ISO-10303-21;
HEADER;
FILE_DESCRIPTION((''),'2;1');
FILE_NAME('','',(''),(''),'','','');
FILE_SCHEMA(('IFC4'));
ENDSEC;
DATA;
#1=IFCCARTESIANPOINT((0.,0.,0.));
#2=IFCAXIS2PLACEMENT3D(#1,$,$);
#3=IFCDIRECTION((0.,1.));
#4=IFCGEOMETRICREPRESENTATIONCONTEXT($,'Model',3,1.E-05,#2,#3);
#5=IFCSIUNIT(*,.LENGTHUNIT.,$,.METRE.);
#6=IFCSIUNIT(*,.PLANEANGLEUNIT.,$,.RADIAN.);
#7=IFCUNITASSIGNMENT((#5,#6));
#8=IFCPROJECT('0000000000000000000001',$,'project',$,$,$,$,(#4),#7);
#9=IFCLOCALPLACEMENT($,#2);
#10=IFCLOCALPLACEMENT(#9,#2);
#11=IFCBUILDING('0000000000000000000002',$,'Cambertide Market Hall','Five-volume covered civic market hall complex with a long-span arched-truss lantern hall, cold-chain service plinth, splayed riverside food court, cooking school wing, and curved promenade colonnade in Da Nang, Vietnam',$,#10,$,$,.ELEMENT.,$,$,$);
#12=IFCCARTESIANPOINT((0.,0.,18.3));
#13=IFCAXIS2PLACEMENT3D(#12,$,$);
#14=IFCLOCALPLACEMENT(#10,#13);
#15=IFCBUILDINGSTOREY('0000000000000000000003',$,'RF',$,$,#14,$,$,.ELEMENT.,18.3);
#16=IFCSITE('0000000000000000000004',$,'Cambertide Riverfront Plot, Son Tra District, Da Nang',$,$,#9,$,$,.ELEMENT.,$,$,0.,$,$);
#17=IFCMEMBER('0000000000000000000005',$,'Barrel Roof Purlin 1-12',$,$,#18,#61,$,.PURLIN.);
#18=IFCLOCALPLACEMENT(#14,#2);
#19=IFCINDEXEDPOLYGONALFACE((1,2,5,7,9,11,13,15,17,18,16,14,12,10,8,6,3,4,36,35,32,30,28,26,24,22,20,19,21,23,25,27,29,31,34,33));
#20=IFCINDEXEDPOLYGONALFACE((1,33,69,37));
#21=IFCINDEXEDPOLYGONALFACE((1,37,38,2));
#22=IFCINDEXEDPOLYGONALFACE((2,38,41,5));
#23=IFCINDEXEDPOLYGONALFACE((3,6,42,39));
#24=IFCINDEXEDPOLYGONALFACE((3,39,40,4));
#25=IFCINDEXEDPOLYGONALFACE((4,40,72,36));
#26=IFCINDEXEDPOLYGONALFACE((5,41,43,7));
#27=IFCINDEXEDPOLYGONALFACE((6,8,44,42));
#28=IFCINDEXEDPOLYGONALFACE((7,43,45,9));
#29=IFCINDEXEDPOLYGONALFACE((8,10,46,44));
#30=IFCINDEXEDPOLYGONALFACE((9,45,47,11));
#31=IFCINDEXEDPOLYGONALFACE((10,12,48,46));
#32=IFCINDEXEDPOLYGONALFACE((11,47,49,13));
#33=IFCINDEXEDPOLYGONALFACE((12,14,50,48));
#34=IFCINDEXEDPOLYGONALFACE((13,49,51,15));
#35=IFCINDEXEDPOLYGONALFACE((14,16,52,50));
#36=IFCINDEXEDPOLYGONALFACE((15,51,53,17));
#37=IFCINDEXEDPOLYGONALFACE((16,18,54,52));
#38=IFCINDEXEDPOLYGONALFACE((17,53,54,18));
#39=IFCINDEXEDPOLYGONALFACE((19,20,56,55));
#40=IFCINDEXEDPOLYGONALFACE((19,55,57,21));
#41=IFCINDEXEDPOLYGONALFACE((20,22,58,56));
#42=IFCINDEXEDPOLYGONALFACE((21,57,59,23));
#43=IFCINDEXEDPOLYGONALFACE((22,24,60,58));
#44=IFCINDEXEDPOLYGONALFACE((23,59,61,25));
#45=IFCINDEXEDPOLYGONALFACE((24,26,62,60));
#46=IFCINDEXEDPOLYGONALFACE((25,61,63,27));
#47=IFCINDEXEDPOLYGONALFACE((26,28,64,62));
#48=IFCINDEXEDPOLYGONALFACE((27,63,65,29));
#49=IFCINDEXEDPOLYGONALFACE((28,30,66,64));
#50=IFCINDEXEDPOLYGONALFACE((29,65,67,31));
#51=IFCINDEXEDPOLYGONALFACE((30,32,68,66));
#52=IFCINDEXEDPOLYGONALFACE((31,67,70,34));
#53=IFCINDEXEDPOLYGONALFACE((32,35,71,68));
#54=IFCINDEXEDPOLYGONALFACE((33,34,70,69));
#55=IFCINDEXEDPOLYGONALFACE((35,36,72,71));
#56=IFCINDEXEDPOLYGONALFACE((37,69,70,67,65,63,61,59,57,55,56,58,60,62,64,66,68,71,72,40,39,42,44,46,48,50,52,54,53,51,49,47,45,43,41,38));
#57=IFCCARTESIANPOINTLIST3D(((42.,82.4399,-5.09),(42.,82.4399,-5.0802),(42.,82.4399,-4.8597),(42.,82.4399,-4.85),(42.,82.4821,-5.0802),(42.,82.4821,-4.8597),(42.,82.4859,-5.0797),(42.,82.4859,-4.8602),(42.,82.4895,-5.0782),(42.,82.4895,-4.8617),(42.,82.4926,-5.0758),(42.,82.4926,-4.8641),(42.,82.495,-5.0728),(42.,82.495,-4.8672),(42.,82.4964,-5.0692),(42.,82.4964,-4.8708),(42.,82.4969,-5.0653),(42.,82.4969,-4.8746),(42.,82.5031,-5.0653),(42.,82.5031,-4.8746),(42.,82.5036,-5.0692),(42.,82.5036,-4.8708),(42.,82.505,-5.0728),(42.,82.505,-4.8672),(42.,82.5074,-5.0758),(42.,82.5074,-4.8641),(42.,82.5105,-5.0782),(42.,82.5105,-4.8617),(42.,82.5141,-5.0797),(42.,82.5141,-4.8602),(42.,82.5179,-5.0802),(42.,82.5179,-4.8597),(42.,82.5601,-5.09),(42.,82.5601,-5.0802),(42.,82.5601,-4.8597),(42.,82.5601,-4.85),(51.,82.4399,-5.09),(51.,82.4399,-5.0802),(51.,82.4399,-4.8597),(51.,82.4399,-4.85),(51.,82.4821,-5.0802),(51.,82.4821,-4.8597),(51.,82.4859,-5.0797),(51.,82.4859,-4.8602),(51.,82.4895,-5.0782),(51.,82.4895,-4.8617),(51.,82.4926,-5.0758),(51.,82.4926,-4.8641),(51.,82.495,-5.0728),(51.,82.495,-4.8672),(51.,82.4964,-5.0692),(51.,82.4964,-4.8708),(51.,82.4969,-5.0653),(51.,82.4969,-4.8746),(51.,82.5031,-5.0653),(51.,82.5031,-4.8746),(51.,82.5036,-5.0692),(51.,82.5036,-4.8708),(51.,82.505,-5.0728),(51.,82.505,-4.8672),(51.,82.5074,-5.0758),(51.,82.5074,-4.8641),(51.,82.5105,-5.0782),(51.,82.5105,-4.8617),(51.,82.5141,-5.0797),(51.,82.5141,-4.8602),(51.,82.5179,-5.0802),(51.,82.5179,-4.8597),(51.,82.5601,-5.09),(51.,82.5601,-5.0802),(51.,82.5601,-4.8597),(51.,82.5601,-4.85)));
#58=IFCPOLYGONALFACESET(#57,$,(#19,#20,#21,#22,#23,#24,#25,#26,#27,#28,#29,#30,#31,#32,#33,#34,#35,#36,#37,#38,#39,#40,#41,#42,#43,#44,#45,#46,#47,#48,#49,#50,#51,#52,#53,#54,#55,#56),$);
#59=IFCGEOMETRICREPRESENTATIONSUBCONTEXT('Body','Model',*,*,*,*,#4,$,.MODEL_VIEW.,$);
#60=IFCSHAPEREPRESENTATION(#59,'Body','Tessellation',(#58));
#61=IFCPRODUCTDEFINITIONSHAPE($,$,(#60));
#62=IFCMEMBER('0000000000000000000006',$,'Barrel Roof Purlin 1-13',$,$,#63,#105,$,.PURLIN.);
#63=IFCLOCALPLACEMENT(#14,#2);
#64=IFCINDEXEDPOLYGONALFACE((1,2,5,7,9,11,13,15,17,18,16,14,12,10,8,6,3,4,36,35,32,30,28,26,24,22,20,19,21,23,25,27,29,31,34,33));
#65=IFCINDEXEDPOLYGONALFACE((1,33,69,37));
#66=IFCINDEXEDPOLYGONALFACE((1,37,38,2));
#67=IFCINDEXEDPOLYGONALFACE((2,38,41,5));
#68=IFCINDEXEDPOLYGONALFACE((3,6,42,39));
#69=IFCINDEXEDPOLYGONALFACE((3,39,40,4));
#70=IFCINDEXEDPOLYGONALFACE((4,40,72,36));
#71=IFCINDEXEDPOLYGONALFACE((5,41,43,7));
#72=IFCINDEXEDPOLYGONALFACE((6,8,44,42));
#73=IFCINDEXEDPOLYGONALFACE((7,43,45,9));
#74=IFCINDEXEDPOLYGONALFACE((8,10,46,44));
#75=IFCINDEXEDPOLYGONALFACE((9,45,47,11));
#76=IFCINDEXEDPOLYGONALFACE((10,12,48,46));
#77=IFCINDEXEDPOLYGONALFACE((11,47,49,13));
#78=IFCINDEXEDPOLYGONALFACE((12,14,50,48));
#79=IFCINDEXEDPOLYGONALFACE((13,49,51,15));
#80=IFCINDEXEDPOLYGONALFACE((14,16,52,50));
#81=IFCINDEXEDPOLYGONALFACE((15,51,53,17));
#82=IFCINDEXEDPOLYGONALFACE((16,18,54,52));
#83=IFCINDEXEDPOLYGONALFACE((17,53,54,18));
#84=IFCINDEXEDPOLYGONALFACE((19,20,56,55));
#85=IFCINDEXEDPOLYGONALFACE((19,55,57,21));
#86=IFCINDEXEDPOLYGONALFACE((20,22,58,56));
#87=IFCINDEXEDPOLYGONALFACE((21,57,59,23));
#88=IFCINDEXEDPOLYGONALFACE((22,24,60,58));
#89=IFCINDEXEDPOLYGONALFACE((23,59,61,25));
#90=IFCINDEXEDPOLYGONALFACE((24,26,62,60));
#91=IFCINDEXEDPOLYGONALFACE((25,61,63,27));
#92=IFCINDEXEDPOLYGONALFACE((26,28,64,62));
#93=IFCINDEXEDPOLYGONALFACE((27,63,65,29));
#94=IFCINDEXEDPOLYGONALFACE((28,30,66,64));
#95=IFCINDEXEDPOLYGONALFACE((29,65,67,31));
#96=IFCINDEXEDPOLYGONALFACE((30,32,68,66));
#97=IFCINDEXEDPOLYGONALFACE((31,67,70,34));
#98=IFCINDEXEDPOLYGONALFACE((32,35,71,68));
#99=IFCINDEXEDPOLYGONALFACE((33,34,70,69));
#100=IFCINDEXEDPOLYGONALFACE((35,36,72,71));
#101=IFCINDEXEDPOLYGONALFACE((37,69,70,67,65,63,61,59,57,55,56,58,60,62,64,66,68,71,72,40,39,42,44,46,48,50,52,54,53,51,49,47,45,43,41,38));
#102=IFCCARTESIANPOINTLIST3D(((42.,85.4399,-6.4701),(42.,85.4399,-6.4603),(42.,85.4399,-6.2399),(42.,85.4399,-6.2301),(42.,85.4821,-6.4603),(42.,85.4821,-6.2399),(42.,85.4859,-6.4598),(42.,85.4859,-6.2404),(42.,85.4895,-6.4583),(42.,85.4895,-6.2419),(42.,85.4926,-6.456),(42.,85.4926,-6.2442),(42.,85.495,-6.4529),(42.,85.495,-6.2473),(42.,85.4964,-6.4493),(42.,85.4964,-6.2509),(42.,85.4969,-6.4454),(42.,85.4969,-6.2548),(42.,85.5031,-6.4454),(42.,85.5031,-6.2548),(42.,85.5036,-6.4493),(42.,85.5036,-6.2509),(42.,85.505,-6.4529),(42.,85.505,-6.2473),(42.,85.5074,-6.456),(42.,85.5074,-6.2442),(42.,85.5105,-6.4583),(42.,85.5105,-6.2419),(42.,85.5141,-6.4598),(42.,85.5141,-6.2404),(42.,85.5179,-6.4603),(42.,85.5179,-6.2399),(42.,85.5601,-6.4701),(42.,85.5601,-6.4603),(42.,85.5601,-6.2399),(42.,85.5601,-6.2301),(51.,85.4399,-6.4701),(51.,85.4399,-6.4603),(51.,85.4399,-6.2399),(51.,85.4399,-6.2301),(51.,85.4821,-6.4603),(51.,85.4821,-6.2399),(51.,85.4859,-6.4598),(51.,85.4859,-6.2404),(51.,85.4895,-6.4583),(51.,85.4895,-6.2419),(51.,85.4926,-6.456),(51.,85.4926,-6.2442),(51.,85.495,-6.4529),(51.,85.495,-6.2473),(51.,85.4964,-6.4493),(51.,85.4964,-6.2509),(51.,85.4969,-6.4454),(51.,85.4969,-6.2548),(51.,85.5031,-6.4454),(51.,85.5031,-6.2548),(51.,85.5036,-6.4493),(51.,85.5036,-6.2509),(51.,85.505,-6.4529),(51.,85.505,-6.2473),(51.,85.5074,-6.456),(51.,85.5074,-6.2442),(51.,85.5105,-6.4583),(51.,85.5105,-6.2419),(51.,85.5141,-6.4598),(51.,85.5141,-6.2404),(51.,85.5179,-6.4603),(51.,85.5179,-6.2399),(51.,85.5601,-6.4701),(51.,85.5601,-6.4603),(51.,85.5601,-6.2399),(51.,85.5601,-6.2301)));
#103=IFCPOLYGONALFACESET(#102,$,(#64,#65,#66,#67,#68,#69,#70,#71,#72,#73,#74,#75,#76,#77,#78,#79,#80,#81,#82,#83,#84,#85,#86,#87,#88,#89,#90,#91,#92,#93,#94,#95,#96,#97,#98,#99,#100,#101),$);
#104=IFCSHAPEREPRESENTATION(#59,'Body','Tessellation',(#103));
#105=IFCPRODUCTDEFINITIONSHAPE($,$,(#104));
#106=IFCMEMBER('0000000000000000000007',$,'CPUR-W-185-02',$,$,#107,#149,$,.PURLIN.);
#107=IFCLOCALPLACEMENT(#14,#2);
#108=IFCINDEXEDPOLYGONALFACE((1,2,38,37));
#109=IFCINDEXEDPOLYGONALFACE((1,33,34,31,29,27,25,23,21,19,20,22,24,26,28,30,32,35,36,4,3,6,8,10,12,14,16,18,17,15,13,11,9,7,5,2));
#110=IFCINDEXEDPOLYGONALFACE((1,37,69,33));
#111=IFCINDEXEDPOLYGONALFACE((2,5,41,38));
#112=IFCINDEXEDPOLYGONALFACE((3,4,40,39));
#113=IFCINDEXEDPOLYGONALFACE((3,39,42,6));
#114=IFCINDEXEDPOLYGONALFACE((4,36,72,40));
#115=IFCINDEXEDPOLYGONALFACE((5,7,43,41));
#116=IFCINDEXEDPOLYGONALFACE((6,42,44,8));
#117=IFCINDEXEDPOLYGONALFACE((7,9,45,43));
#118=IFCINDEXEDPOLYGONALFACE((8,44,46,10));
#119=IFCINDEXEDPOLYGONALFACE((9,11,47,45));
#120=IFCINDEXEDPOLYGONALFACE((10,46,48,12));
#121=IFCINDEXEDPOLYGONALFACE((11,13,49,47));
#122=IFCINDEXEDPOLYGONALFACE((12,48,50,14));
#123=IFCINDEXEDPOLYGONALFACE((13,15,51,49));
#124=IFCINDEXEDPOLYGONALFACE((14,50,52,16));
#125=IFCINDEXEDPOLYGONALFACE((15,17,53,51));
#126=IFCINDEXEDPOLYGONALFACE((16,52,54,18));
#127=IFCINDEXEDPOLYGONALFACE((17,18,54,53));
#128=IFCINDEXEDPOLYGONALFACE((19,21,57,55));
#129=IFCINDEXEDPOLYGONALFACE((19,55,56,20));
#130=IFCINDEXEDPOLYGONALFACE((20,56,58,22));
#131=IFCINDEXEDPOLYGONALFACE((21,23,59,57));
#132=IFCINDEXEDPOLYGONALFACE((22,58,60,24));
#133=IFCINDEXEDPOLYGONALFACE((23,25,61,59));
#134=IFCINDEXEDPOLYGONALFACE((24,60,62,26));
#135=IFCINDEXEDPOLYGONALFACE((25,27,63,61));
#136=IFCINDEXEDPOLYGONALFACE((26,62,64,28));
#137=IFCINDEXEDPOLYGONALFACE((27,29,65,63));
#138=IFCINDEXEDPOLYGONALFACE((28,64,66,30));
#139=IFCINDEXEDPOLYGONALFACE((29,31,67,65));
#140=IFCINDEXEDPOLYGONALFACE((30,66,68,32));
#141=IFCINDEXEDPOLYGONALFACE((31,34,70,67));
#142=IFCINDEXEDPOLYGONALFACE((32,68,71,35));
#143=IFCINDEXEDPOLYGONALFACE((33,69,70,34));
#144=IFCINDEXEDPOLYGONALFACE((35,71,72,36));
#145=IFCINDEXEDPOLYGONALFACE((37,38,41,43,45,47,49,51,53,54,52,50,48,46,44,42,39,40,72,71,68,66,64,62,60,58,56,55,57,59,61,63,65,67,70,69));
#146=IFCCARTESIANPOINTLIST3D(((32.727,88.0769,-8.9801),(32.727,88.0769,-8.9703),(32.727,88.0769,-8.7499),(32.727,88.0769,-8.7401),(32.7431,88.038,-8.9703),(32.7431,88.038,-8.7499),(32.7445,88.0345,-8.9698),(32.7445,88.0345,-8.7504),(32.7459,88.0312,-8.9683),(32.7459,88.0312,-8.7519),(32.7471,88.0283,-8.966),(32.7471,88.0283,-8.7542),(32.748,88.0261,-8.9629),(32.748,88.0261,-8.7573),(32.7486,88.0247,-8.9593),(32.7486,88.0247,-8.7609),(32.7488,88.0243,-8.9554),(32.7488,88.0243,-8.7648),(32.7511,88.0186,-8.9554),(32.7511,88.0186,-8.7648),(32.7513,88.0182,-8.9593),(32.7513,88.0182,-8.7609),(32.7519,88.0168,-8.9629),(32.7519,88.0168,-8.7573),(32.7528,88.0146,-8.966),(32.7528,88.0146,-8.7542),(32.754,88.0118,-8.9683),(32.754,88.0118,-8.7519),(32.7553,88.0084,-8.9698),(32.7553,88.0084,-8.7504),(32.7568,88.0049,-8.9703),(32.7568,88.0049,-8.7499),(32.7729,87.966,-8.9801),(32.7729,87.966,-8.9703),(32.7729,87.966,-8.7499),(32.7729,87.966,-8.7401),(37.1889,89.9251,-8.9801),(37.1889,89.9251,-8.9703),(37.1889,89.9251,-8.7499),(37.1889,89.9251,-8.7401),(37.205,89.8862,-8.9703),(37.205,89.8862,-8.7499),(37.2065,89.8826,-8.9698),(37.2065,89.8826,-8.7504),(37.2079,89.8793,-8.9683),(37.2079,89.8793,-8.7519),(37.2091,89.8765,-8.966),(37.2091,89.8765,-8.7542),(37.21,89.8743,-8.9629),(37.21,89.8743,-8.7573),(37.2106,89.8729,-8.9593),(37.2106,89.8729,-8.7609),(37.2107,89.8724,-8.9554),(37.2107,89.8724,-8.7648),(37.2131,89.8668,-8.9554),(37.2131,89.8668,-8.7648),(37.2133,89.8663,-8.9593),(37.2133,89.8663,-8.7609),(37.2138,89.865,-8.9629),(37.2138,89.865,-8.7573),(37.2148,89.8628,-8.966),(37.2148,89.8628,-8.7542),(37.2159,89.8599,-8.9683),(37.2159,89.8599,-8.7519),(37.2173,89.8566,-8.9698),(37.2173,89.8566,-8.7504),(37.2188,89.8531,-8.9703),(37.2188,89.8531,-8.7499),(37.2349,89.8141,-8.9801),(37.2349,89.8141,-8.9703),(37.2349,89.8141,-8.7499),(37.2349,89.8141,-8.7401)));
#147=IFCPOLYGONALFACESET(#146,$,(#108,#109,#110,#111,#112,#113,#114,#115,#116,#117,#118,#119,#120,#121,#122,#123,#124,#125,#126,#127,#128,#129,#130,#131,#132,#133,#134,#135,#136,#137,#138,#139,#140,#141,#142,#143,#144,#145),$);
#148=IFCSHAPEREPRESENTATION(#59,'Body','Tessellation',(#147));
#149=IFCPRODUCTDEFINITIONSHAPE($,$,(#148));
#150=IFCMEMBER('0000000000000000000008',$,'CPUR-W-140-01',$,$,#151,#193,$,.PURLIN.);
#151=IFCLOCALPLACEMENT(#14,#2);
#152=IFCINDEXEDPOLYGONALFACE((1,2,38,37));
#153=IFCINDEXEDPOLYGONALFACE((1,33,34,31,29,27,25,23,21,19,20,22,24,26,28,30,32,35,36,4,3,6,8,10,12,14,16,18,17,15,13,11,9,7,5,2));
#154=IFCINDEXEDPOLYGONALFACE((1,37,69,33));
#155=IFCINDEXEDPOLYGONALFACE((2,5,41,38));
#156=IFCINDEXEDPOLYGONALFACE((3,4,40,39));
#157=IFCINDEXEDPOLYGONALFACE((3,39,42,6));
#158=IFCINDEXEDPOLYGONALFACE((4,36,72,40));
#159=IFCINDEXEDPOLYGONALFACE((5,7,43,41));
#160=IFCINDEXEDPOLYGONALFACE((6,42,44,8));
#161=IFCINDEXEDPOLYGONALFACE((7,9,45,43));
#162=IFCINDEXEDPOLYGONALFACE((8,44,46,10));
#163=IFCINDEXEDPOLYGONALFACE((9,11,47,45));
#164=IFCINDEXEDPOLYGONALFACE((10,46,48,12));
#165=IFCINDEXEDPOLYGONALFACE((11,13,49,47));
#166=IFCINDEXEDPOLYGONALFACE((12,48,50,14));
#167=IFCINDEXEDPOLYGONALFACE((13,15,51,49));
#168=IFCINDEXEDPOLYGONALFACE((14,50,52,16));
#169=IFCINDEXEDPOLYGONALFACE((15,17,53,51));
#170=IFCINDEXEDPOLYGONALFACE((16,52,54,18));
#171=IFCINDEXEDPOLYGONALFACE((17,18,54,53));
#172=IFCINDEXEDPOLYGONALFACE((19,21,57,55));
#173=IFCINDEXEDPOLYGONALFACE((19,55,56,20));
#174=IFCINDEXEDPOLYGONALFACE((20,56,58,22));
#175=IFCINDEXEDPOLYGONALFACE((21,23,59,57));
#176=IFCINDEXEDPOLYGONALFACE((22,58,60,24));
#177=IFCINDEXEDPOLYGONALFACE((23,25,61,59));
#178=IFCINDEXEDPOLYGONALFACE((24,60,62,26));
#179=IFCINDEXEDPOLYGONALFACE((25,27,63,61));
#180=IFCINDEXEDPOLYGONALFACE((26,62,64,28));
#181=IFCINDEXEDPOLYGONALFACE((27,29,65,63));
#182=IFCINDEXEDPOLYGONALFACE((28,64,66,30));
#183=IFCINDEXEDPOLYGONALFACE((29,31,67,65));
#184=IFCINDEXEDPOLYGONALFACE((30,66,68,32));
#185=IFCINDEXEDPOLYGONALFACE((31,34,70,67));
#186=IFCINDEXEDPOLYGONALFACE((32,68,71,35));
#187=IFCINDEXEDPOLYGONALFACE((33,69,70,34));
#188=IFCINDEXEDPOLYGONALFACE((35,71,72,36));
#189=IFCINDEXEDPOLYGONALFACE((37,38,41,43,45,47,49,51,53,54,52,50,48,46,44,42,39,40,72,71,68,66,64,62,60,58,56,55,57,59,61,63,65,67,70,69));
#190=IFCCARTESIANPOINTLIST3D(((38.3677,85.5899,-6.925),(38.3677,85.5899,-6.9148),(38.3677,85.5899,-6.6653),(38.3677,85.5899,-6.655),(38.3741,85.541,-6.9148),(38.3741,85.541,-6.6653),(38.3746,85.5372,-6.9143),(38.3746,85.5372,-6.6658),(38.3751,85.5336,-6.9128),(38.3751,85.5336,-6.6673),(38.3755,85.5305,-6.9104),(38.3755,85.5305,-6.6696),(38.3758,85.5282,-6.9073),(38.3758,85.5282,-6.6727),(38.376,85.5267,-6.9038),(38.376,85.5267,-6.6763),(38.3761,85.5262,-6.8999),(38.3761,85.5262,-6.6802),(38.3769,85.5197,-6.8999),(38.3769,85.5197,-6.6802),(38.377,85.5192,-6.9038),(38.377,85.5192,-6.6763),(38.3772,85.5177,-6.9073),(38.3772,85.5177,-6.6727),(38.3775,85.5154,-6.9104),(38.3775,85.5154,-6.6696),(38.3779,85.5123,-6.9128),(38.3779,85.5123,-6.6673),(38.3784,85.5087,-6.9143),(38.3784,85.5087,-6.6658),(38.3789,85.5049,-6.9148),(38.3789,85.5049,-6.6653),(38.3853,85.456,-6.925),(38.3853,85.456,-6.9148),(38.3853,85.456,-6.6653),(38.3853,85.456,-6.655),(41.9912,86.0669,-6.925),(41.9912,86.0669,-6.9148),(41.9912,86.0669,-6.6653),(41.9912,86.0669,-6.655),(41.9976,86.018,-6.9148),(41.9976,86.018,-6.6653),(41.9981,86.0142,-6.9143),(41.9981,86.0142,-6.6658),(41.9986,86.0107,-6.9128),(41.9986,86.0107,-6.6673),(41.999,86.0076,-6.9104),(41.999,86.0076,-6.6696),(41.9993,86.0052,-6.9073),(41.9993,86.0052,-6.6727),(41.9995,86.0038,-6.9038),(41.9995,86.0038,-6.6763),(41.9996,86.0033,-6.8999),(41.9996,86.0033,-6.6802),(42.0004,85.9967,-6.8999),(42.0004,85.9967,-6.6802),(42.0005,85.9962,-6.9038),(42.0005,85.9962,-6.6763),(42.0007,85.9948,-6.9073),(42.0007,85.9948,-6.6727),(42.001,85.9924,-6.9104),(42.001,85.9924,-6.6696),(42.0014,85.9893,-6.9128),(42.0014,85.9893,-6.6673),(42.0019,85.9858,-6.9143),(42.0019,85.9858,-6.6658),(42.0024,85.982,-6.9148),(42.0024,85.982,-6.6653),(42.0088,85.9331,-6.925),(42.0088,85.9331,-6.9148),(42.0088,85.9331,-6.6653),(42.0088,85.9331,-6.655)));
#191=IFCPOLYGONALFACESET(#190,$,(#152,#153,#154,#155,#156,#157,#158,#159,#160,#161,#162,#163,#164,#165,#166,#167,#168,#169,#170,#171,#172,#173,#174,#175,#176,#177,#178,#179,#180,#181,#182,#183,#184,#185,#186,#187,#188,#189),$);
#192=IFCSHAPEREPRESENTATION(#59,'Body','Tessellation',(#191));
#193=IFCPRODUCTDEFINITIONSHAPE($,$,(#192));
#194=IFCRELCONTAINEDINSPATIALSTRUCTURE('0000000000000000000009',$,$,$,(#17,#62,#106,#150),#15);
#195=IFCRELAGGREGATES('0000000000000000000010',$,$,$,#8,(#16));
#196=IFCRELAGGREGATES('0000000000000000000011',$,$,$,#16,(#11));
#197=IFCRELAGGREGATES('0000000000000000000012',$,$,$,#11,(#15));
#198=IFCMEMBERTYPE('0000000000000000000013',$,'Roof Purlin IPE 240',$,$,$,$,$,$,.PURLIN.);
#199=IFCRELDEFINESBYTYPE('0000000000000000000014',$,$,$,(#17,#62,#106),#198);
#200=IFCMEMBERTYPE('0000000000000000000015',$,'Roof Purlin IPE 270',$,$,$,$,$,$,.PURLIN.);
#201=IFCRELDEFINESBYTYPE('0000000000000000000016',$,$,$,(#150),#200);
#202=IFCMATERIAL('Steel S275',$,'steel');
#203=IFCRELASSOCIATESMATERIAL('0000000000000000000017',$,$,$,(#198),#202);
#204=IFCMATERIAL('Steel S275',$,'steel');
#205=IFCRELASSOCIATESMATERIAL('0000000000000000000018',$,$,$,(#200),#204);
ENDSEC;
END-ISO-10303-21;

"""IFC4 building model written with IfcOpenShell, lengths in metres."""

from ifc_helpers import new_model, si_unit, direction, frame, origin, origin_2d, place, context, subcontext, project, spatial, i_section, extrude, material, material_profile, profile_set, type_object, element, save


model = new_model("IFC4")

# Units and contexts
model_context = context("Model", 3, precision=1e-05, world=origin(), true_north=direction((0.0, 1.0)))
body_context = subcontext(model_context, "Body", "Model", "MODEL_VIEW")
ifc_project = project(units=[si_unit("LENGTHUNIT", "METRE"), si_unit("PLANEANGLEUNIT", "RADIAN")], contexts=[model_context])

# Site, building, storey
site_placement = place(None, origin())
site = spatial("IfcSite", under=ifc_project, at=site_placement, Name="Cambertide Riverfront Plot, Son Tra District, Da Nang", CompositionType="ELEMENT", RefElevation=0.0)
building_placement = place(site_placement, origin())
building = spatial("IfcBuilding", under=site, at=building_placement, Name="Cambertide Market Hall", Description="Five-volume covered civic market hall complex with a long-span arched-truss lantern hall, cold-chain service plinth, splayed riverside food court, cooking school wing, and curved promenade colonnade in Da Nang, Vietnam", CompositionType="ELEMENT")
storey_placement = place(building_placement, frame((0.0, 0.0, 18.3)))
storey = spatial("IfcBuildingStorey", under=building, at=storey_placement, Name="RF", CompositionType="ELEMENT", Elevation=18.3)

# Members
ifc_material_1 = material(Name="Steel S275", Category="steel")
ifc_material_profile_1 = material_profile(ifc_material_1, i_section(OverallWidth=0.1201, OverallDepth=0.24, WebThickness=0.0061, FlangeThickness=0.0098, FilletRadius=0.0149, at=origin_2d()), Name="IPE 240")
ifc_profile_set_1 = profile_set([ifc_material_profile_1], Name="Steel S275")
member_type_1 = type_object("IfcMemberType", Name="Roof Purlin IPE 240", PredefinedType="PURLIN", material=ifc_profile_set_1)
for number, where, z_axis, x_axis, name in (
    (1, (42.0, 82.5, -4.97), (1.0, 0.0, 0.0), (0.0, 1.0, 0.0), "Barrel Roof Purlin 1-12"),
    (2, (42.0, 85.5, -6.3501), (1.0, 0.0, 0.0), (0.0, 1.0, 0.0), "Barrel Roof Purlin 1-13"),
):
    element("IfcMember", number, at=place(storey_placement, frame(where, z_axis=z_axis, x_axis=x_axis)), inside=storey, type_object=member_type_1, Name=name, PredefinedType="PURLIN", context=body_context, shape_type="SweptSolid", body=[
        extrude(i_section(OverallWidth=0.1201, OverallDepth=0.24, WebThickness=0.0061, FlangeThickness=0.0098, FilletRadius=0.0149, at=origin_2d()), origin(), (0.0, 0.0, 1.0), 9.0),
    ])
member_1_placement = place(storey_placement, frame((37.2119, 89.8696, -8.8601), z_axis=(-0.923883, -0.382676, 0.0), x_axis=(0.382676, -0.923883, 0.0)))
element("IfcMember", 3, at=member_1_placement, inside=storey, type_object=member_type_1, Name="CPUR-W-185-02", PredefinedType="PURLIN", context=body_context, shape_type="SweptSolid", body=[
    extrude(i_section(OverallWidth=0.1201, OverallDepth=0.24, WebThickness=0.0061, FlangeThickness=0.0098, FilletRadius=0.0149, at=origin_2d()), origin(), (0.0, 0.0, 1.0), 4.8296),
])
ifc_material_2 = material(Name="Steel S275", Category="steel")
ifc_material_profile_2 = material_profile(ifc_material_2, i_section(OverallWidth=0.135, OverallDepth=0.27, WebThickness=0.0066, FlangeThickness=0.0103, FilletRadius=0.0149, at=origin_2d()), Name="IPE 270")
ifc_profile_set_2 = profile_set([ifc_material_profile_2], Name="Steel S275")
member_type_2 = type_object("IfcMemberType", Name="Roof Purlin IPE 270", PredefinedType="PURLIN", material=ifc_profile_set_2)
for number, where, z_axis, x_axis, name in (
    (4, (42.0, 86.0, -6.79), (-0.991445, -0.130527, 0.0), (0.130527, -0.991445, 0.0), "CPUR-W-140-01"),
):
    element("IfcMember", number, at=place(storey_placement, frame(where, z_axis=z_axis, x_axis=x_axis)), inside=storey, type_object=member_type_2, Name=name, PredefinedType="PURLIN", context=body_context, shape_type="SweptSolid", body=[
        extrude(i_section(OverallWidth=0.135, OverallDepth=0.27, WebThickness=0.0066, FlangeThickness=0.0103, FilletRadius=0.0149, at=origin_2d()), origin(), (0.0, 0.0, 1.0), 3.6548),
    ])

save(model, "model.ifc")
